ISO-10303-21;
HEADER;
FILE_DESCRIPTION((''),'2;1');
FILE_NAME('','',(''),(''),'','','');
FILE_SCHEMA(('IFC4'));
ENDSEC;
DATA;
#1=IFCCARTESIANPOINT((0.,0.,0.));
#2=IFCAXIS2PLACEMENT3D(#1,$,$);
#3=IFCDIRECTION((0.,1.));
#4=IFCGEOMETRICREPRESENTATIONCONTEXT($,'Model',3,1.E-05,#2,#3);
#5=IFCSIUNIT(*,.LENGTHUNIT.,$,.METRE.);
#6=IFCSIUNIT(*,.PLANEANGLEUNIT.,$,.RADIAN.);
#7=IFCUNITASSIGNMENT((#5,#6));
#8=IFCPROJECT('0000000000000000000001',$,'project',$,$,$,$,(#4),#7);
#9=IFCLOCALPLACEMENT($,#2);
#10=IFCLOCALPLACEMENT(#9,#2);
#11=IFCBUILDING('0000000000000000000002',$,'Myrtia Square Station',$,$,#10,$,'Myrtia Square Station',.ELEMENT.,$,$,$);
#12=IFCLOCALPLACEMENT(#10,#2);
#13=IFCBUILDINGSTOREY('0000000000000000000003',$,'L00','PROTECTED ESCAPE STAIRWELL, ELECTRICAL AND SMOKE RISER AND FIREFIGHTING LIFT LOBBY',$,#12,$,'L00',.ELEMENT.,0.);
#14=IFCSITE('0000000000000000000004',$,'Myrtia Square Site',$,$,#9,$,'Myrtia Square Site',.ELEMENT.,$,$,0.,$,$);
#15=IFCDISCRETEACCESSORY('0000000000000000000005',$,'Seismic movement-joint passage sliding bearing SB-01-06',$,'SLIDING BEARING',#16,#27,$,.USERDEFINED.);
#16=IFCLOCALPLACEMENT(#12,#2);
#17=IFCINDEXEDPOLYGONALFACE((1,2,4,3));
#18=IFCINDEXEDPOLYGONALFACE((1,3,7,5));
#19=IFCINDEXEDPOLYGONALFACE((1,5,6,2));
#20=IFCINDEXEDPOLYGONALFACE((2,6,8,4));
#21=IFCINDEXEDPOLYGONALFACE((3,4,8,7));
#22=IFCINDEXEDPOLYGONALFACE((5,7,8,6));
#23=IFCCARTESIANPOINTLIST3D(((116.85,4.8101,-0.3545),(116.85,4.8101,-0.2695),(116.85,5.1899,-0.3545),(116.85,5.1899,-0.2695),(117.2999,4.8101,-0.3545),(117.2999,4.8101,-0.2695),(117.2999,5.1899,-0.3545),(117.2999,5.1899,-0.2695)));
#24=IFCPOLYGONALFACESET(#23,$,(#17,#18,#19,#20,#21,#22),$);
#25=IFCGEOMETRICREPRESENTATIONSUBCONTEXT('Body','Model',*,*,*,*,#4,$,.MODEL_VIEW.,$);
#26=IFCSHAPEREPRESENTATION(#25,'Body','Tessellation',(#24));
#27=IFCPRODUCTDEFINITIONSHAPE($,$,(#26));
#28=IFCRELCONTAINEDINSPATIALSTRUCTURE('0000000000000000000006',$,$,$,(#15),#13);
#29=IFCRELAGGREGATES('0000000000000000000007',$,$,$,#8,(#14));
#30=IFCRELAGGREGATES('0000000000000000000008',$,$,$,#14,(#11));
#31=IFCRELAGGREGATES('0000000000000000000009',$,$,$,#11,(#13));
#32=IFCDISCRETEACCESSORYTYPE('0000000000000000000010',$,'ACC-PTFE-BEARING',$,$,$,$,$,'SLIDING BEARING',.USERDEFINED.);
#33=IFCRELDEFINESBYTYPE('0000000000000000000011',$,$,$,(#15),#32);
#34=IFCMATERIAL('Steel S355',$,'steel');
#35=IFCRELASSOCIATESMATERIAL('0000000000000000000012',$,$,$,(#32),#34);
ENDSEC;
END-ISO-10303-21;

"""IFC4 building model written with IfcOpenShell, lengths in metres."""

from ifc_helpers import new_model, si_unit, direction, frame, origin, origin_2d, place, context, subcontext, project, spatial, rectangle, extrude, material, type_object, element, save


model = new_model("IFC4")

# Units and contexts
model_context = context("Model", 3, precision=1e-05, world=origin(), true_north=direction((0.0, 1.0)))
body_context = subcontext(model_context, "Body", "Model", "MODEL_VIEW")
ifc_project = project(units=[si_unit("LENGTHUNIT", "METRE"), si_unit("PLANEANGLEUNIT", "RADIAN")], contexts=[model_context])

# Site, building, storey
site_placement = place(None, origin())
site = spatial("IfcSite", under=ifc_project, at=site_placement, Name="Myrtia Square Site", LongName="Myrtia Square Site", CompositionType="ELEMENT", RefElevation=0.0)
building_placement = place(site_placement, origin())
building = spatial("IfcBuilding", under=site, at=building_placement, Name="Myrtia Square Station", LongName="Myrtia Square Station", CompositionType="ELEMENT")
storey_placement = place(building_placement, origin())
storey = spatial("IfcBuildingStorey", under=building, at=storey_placement, Name="L00", Description="PROTECTED ESCAPE STAIRWELL, ELECTRICAL AND SMOKE RISER AND FIREFIGHTING LIFT LOBBY", LongName="L00", CompositionType="ELEMENT", Elevation=0.0)

# Shared definitions
ifc_material_1 = material(Name="Steel S355", Category="steel")

# Discrete accessory
discrete_accessory_type = type_object("IfcDiscreteAccessoryType", Name="ACC-PTFE-BEARING", ElementType="SLIDING BEARING", PredefinedType="USERDEFINED", material=ifc_material_1)
discrete_accessory_placement = place(storey_placement, frame((117.075, 5.0, -0.3545), z_axis=(0.0, 0.0, 1.0), x_axis=(1.0, 0.0, 0.0)))
element("IfcDiscreteAccessory", 1, at=discrete_accessory_placement, inside=storey, type_object=discrete_accessory_type, Name="Seismic movement-joint passage sliding bearing SB-01-06", ObjectType="SLIDING BEARING", PredefinedType="USERDEFINED", context=body_context, shape_type="SweptSolid", body=[
    extrude(rectangle(XDim=0.45, YDim=0.3799, at=origin_2d()), origin(), (0.0, 0.0, 1.0), 0.085),
])

save(model, "model.ifc")
